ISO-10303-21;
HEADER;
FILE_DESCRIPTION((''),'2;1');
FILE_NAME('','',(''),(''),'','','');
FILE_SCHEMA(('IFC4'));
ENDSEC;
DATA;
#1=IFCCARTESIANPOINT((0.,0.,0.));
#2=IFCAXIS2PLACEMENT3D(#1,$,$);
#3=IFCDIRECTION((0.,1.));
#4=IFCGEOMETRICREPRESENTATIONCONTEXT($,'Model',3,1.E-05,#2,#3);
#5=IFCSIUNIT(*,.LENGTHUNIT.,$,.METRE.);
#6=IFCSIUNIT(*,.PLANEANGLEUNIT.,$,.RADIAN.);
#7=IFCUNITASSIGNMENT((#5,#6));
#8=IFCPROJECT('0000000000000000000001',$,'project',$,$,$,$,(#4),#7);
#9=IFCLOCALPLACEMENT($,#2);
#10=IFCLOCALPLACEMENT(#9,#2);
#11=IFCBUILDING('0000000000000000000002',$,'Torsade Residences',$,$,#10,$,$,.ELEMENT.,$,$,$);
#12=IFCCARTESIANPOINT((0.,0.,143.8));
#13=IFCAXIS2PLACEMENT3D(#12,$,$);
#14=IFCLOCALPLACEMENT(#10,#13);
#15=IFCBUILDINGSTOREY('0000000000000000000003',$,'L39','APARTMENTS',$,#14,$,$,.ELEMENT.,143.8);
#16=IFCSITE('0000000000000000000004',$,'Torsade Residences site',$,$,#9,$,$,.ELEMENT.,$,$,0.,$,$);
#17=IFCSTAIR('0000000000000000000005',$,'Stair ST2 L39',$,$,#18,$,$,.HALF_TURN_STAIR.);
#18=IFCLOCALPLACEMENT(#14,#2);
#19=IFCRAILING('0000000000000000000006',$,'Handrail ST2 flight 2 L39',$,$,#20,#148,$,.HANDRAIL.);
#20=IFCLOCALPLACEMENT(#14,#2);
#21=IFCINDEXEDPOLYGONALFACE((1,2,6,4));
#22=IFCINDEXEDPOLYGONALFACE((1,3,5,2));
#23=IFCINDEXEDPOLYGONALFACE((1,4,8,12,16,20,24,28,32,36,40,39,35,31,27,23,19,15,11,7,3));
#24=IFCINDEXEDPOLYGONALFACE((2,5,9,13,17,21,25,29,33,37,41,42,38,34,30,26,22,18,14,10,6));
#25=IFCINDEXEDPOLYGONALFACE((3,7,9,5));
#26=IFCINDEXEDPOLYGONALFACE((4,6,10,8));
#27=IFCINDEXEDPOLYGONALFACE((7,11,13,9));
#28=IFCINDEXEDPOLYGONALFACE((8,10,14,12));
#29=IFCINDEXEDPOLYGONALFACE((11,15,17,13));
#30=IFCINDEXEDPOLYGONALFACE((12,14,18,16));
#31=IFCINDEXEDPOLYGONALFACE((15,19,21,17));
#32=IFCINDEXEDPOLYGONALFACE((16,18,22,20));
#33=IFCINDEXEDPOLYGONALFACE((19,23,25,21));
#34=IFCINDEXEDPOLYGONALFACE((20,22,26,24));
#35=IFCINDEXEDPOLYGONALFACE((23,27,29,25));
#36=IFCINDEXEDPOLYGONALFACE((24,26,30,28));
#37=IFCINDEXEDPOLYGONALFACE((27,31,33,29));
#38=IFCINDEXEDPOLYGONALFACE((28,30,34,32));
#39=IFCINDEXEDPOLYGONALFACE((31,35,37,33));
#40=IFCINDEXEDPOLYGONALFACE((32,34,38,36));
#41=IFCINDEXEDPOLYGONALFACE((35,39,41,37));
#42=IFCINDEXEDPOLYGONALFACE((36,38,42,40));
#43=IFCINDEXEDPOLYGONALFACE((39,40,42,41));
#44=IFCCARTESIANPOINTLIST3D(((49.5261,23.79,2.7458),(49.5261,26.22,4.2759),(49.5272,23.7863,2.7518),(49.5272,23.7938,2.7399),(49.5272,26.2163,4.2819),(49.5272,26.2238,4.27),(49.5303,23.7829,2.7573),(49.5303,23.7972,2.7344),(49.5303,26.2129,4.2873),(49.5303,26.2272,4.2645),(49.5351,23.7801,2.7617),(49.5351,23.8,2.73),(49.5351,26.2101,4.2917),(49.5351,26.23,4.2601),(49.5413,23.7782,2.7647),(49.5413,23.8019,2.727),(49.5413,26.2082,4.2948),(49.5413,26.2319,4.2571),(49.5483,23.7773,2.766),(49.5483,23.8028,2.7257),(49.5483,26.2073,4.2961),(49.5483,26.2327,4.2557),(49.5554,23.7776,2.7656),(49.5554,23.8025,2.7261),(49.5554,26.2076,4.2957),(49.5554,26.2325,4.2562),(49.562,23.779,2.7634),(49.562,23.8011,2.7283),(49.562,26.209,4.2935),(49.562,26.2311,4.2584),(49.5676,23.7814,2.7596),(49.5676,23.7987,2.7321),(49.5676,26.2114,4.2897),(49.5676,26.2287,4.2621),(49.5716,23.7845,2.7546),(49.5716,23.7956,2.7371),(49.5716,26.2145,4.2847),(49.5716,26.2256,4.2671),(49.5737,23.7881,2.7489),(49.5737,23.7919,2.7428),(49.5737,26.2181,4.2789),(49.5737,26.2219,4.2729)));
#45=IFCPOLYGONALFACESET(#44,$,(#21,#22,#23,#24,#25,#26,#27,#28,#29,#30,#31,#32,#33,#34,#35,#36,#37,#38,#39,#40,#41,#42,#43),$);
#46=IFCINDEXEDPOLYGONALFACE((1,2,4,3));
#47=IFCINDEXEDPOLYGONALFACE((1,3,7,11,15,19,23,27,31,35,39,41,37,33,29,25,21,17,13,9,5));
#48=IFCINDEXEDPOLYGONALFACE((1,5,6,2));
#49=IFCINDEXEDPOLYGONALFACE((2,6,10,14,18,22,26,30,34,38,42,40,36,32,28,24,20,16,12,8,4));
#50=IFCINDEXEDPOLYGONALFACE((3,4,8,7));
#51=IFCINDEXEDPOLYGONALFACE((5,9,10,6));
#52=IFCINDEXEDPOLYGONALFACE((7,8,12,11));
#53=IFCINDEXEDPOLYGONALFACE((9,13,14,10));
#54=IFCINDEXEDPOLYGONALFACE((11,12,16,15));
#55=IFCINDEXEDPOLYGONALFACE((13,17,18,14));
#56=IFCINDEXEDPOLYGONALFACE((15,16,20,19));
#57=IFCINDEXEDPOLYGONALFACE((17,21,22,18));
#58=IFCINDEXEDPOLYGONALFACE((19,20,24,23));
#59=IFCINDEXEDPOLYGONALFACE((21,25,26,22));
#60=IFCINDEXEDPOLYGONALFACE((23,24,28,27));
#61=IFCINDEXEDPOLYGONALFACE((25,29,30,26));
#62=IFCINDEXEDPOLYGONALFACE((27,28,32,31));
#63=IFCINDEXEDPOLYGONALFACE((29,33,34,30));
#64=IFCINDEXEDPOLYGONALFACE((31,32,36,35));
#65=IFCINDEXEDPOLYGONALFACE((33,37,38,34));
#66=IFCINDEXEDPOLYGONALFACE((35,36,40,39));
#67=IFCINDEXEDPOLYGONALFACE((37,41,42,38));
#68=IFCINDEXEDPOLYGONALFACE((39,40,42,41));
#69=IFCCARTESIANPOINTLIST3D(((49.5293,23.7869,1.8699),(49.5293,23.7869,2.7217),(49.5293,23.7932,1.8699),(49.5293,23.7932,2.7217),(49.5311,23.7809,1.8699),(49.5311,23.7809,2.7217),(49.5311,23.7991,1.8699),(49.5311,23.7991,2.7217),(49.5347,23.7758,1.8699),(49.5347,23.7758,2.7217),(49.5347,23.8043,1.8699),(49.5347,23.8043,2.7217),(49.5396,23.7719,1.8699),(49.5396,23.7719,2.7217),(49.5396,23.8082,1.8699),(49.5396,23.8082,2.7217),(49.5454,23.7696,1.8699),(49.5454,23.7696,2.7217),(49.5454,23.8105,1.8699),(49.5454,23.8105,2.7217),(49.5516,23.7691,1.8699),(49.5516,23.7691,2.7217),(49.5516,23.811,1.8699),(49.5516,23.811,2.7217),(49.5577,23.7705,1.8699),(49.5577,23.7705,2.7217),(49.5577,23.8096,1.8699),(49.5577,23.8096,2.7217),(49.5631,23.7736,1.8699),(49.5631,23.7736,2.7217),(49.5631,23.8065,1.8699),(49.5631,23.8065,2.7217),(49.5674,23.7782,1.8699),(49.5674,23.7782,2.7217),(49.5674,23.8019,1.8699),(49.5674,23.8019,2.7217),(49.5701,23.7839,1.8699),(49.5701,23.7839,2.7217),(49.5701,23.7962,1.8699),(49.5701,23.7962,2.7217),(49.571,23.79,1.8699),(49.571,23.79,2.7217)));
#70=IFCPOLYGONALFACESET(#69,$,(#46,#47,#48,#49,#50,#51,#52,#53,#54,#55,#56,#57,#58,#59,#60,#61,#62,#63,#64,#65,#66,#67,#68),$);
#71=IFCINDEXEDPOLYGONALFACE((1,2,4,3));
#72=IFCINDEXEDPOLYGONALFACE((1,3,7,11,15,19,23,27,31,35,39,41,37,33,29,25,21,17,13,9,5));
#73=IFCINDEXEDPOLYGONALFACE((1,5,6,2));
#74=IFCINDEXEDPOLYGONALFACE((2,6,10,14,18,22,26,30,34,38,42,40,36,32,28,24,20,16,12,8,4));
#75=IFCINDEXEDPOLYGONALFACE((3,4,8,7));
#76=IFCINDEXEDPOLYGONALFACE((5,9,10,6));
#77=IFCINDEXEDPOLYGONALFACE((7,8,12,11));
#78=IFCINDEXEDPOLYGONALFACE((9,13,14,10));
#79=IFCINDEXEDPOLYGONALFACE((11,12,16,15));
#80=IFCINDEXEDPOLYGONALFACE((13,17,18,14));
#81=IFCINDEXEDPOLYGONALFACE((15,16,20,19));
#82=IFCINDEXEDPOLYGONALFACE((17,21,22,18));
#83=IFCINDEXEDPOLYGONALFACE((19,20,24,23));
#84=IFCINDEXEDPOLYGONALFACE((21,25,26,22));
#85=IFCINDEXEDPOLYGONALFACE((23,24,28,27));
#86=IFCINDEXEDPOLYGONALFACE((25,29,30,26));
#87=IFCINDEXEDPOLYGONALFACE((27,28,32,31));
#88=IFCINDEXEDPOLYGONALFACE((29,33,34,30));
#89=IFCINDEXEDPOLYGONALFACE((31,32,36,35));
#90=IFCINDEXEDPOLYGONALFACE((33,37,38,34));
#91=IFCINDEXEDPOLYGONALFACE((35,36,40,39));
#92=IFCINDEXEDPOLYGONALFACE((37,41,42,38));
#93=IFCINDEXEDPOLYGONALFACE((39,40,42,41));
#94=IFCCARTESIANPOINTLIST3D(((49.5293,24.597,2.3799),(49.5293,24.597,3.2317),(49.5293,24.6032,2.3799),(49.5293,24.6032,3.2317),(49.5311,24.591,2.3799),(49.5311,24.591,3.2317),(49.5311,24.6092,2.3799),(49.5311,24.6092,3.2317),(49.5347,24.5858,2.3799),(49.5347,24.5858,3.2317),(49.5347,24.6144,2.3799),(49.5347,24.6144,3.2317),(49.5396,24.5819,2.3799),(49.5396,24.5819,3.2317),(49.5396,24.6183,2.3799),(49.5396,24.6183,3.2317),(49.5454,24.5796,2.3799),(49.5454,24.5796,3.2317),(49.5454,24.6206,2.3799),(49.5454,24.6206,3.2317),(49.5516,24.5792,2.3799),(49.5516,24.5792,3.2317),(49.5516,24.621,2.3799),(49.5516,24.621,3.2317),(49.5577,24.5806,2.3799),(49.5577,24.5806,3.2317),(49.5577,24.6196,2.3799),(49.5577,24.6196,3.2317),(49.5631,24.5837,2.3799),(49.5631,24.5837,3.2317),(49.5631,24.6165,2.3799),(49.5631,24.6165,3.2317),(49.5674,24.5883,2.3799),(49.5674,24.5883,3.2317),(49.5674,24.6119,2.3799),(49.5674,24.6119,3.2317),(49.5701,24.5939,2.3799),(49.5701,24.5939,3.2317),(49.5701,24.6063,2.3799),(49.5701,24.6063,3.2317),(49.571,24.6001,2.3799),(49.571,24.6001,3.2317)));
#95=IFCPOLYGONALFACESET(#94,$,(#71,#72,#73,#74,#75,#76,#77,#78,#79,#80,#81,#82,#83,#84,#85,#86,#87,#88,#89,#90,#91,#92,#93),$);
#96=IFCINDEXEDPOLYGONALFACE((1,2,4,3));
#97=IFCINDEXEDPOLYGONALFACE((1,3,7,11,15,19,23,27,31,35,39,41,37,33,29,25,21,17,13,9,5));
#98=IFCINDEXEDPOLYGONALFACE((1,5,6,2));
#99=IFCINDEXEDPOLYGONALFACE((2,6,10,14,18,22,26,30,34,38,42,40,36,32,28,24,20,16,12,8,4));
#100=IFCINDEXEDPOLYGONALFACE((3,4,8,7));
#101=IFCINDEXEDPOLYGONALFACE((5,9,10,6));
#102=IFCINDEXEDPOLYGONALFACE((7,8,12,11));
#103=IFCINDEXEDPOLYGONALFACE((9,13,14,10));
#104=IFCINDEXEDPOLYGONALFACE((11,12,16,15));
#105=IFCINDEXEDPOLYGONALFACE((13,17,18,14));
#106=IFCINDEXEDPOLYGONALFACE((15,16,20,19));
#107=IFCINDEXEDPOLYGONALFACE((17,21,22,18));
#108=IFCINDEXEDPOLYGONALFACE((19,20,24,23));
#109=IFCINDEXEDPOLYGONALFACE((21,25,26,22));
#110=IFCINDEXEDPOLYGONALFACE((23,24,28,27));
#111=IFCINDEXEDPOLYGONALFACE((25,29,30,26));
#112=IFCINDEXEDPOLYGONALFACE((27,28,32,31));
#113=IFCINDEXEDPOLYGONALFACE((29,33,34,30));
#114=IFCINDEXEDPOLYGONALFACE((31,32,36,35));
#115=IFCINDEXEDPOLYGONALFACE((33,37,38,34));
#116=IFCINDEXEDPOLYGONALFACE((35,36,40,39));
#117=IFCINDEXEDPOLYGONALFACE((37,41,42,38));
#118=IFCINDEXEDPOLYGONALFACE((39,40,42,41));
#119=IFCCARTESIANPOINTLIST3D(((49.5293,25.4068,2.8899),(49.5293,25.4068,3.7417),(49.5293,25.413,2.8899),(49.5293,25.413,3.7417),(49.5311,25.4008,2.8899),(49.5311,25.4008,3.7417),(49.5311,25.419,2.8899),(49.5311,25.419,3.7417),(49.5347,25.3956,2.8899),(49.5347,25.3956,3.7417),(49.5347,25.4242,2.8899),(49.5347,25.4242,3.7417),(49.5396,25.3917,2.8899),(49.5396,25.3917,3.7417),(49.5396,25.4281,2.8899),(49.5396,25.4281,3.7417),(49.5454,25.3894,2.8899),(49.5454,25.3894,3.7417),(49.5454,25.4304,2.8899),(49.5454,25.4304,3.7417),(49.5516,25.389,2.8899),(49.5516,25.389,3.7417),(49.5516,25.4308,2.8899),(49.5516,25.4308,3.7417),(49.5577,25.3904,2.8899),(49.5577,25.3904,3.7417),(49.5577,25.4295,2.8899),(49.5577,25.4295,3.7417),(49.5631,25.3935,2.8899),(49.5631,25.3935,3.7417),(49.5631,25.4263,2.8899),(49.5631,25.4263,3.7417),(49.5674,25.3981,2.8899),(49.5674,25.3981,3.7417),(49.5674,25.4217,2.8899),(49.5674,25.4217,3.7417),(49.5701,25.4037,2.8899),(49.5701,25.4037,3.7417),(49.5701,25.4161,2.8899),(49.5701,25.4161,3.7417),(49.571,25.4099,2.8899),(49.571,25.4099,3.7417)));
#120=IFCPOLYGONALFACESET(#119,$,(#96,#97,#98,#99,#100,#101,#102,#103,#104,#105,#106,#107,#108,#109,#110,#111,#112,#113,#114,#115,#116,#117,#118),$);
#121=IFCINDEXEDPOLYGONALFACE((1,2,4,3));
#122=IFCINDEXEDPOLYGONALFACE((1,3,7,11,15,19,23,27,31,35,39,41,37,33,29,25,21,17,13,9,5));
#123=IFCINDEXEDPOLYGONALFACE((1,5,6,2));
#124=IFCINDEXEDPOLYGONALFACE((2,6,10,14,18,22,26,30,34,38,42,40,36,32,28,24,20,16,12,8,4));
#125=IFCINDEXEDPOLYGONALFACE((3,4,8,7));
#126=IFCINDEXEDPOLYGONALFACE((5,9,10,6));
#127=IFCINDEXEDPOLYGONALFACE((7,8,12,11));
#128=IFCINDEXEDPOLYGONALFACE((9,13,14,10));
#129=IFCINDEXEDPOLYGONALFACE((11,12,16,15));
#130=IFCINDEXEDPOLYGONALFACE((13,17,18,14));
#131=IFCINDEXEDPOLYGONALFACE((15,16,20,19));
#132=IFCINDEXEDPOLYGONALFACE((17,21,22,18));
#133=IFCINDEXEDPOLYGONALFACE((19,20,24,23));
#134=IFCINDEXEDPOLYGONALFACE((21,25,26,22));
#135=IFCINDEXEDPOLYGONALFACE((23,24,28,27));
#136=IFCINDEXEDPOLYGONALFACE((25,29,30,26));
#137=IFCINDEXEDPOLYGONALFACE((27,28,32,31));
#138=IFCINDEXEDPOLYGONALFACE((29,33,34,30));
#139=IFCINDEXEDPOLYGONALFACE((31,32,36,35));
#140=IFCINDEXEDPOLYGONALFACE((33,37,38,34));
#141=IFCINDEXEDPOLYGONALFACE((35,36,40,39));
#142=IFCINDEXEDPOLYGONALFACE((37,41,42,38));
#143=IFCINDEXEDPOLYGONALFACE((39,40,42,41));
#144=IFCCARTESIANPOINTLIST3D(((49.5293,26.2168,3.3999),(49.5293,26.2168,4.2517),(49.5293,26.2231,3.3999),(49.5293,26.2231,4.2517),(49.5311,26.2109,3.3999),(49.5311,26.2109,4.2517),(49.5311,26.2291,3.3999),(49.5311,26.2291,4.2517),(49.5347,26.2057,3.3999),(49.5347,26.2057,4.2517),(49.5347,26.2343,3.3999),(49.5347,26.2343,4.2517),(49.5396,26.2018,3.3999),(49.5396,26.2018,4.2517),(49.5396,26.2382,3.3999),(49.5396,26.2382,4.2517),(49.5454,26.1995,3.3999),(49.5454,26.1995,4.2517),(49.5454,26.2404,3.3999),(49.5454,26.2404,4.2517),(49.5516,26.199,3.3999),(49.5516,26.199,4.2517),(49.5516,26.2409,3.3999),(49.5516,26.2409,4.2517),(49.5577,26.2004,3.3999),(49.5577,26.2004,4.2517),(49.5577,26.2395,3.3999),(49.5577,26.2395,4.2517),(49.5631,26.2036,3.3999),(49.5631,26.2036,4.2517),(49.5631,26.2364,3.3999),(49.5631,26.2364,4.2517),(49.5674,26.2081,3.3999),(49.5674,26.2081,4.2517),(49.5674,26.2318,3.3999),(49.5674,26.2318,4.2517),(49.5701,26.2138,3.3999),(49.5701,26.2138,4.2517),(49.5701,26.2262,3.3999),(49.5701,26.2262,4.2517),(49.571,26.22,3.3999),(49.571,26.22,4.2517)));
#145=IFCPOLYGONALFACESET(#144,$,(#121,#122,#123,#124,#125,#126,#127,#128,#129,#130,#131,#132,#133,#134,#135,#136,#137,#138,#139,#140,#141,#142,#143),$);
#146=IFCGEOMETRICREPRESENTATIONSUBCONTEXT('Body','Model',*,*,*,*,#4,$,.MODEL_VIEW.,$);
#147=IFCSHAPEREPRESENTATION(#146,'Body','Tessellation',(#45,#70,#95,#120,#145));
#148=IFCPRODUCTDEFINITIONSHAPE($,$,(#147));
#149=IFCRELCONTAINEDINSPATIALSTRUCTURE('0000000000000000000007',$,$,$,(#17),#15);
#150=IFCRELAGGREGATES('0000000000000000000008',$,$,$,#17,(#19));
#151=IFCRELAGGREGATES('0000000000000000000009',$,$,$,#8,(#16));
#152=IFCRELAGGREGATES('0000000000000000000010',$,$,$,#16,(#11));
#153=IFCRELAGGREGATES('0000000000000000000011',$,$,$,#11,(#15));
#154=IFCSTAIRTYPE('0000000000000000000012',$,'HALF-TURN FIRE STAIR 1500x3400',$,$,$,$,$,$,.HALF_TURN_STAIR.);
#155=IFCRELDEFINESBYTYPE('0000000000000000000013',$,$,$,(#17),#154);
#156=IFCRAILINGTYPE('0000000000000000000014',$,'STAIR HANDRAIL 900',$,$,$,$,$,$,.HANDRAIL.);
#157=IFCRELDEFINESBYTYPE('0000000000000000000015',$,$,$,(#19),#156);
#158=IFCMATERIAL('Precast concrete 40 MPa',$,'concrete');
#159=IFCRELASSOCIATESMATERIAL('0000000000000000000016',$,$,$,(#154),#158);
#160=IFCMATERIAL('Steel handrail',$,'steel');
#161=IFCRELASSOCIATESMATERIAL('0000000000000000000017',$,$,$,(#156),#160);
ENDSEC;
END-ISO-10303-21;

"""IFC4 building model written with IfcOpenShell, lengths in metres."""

from ifc_helpers import new_model, si_unit, direction, frame, origin, origin_2d, place, context, subcontext, project, spatial, circle, extrude, material, type_object, element, aggregate, save


model = new_model("IFC4")

# Units and contexts
model_context = context("Model", 3, precision=1e-05, world=origin(), true_north=direction((0.0, 1.0)))
body_context = subcontext(model_context, "Body", "Model", "MODEL_VIEW")
ifc_project = project(units=[si_unit("LENGTHUNIT", "METRE"), si_unit("PLANEANGLEUNIT", "RADIAN")], contexts=[model_context])

# Site, building, storey
site_placement = place(None, origin())
site = spatial("IfcSite", under=ifc_project, at=site_placement, Name="Torsade Residences site", CompositionType="ELEMENT", RefElevation=0.0)
building_placement = place(site_placement, origin())
building = spatial("IfcBuilding", under=site, at=building_placement, Name="Torsade Residences", CompositionType="ELEMENT")
storey_placement = place(building_placement, frame((0.0, 0.0, 143.8)))
storey = spatial("IfcBuildingStorey", under=building, at=storey_placement, Name="L39", Description="APARTMENTS", CompositionType="ELEMENT", Elevation=143.8)

# Stair, railing
ifc_material_1 = material(Name="Precast concrete 40 MPa", Category="concrete")
stair_type = type_object("IfcStairType", Name="HALF-TURN FIRE STAIR 1500x3400", PredefinedType="HALF_TURN_STAIR", material=ifc_material_1)
stair_placement = place(storey_placement, origin())
stair = element("IfcStair", 1, at=stair_placement, inside=storey, type_object=stair_type, Name="Stair ST2 L39", PredefinedType="HALF_TURN_STAIR")
ifc_material_2 = material(Name="Steel handrail", Category="steel")
railing_type = type_object("IfcRailingType", Name="STAIR HANDRAIL 900", PredefinedType="HANDRAIL", material=ifc_material_2)
railing_1_placement = place(storey_placement, frame((49.55, 23.79, 1.8699)))
railing_1 = element("IfcRailing", 2, at=railing_1_placement, type_object=railing_type, Name="Handrail ST2 flight 2 L39", PredefinedType="HANDRAIL", context=body_context, shape_type="SweptSolid", body=[
    extrude(circle(Radius=0.0239, at=origin_2d()), frame((0.0, 0.0, 0.876), z_axis=(0.0, 0.846221, 0.532831), x_axis=(-1.0, 0.0, 0.0)), (0.0, 0.0, 1.0), 2.8716),
    extrude(circle(Radius=0.021, at=origin_2d()), origin(), (0.0, 0.0, 1.0), 0.8518),
    extrude(circle(Radius=0.021, at=origin_2d()), frame((0.0, 0.8101, 0.51)), (0.0, 0.0, 1.0), 0.8518),
    extrude(circle(Radius=0.021, at=origin_2d()), frame((0.0, 1.6199, 1.02)), (0.0, 0.0, 1.0), 0.8518),
    extrude(circle(Radius=0.021, at=origin_2d()), frame((0.0, 2.4299, 1.53)), (0.0, 0.0, 1.0), 0.8518),
])
aggregate(stair, [railing_1])

save(model, "model.ifc")
